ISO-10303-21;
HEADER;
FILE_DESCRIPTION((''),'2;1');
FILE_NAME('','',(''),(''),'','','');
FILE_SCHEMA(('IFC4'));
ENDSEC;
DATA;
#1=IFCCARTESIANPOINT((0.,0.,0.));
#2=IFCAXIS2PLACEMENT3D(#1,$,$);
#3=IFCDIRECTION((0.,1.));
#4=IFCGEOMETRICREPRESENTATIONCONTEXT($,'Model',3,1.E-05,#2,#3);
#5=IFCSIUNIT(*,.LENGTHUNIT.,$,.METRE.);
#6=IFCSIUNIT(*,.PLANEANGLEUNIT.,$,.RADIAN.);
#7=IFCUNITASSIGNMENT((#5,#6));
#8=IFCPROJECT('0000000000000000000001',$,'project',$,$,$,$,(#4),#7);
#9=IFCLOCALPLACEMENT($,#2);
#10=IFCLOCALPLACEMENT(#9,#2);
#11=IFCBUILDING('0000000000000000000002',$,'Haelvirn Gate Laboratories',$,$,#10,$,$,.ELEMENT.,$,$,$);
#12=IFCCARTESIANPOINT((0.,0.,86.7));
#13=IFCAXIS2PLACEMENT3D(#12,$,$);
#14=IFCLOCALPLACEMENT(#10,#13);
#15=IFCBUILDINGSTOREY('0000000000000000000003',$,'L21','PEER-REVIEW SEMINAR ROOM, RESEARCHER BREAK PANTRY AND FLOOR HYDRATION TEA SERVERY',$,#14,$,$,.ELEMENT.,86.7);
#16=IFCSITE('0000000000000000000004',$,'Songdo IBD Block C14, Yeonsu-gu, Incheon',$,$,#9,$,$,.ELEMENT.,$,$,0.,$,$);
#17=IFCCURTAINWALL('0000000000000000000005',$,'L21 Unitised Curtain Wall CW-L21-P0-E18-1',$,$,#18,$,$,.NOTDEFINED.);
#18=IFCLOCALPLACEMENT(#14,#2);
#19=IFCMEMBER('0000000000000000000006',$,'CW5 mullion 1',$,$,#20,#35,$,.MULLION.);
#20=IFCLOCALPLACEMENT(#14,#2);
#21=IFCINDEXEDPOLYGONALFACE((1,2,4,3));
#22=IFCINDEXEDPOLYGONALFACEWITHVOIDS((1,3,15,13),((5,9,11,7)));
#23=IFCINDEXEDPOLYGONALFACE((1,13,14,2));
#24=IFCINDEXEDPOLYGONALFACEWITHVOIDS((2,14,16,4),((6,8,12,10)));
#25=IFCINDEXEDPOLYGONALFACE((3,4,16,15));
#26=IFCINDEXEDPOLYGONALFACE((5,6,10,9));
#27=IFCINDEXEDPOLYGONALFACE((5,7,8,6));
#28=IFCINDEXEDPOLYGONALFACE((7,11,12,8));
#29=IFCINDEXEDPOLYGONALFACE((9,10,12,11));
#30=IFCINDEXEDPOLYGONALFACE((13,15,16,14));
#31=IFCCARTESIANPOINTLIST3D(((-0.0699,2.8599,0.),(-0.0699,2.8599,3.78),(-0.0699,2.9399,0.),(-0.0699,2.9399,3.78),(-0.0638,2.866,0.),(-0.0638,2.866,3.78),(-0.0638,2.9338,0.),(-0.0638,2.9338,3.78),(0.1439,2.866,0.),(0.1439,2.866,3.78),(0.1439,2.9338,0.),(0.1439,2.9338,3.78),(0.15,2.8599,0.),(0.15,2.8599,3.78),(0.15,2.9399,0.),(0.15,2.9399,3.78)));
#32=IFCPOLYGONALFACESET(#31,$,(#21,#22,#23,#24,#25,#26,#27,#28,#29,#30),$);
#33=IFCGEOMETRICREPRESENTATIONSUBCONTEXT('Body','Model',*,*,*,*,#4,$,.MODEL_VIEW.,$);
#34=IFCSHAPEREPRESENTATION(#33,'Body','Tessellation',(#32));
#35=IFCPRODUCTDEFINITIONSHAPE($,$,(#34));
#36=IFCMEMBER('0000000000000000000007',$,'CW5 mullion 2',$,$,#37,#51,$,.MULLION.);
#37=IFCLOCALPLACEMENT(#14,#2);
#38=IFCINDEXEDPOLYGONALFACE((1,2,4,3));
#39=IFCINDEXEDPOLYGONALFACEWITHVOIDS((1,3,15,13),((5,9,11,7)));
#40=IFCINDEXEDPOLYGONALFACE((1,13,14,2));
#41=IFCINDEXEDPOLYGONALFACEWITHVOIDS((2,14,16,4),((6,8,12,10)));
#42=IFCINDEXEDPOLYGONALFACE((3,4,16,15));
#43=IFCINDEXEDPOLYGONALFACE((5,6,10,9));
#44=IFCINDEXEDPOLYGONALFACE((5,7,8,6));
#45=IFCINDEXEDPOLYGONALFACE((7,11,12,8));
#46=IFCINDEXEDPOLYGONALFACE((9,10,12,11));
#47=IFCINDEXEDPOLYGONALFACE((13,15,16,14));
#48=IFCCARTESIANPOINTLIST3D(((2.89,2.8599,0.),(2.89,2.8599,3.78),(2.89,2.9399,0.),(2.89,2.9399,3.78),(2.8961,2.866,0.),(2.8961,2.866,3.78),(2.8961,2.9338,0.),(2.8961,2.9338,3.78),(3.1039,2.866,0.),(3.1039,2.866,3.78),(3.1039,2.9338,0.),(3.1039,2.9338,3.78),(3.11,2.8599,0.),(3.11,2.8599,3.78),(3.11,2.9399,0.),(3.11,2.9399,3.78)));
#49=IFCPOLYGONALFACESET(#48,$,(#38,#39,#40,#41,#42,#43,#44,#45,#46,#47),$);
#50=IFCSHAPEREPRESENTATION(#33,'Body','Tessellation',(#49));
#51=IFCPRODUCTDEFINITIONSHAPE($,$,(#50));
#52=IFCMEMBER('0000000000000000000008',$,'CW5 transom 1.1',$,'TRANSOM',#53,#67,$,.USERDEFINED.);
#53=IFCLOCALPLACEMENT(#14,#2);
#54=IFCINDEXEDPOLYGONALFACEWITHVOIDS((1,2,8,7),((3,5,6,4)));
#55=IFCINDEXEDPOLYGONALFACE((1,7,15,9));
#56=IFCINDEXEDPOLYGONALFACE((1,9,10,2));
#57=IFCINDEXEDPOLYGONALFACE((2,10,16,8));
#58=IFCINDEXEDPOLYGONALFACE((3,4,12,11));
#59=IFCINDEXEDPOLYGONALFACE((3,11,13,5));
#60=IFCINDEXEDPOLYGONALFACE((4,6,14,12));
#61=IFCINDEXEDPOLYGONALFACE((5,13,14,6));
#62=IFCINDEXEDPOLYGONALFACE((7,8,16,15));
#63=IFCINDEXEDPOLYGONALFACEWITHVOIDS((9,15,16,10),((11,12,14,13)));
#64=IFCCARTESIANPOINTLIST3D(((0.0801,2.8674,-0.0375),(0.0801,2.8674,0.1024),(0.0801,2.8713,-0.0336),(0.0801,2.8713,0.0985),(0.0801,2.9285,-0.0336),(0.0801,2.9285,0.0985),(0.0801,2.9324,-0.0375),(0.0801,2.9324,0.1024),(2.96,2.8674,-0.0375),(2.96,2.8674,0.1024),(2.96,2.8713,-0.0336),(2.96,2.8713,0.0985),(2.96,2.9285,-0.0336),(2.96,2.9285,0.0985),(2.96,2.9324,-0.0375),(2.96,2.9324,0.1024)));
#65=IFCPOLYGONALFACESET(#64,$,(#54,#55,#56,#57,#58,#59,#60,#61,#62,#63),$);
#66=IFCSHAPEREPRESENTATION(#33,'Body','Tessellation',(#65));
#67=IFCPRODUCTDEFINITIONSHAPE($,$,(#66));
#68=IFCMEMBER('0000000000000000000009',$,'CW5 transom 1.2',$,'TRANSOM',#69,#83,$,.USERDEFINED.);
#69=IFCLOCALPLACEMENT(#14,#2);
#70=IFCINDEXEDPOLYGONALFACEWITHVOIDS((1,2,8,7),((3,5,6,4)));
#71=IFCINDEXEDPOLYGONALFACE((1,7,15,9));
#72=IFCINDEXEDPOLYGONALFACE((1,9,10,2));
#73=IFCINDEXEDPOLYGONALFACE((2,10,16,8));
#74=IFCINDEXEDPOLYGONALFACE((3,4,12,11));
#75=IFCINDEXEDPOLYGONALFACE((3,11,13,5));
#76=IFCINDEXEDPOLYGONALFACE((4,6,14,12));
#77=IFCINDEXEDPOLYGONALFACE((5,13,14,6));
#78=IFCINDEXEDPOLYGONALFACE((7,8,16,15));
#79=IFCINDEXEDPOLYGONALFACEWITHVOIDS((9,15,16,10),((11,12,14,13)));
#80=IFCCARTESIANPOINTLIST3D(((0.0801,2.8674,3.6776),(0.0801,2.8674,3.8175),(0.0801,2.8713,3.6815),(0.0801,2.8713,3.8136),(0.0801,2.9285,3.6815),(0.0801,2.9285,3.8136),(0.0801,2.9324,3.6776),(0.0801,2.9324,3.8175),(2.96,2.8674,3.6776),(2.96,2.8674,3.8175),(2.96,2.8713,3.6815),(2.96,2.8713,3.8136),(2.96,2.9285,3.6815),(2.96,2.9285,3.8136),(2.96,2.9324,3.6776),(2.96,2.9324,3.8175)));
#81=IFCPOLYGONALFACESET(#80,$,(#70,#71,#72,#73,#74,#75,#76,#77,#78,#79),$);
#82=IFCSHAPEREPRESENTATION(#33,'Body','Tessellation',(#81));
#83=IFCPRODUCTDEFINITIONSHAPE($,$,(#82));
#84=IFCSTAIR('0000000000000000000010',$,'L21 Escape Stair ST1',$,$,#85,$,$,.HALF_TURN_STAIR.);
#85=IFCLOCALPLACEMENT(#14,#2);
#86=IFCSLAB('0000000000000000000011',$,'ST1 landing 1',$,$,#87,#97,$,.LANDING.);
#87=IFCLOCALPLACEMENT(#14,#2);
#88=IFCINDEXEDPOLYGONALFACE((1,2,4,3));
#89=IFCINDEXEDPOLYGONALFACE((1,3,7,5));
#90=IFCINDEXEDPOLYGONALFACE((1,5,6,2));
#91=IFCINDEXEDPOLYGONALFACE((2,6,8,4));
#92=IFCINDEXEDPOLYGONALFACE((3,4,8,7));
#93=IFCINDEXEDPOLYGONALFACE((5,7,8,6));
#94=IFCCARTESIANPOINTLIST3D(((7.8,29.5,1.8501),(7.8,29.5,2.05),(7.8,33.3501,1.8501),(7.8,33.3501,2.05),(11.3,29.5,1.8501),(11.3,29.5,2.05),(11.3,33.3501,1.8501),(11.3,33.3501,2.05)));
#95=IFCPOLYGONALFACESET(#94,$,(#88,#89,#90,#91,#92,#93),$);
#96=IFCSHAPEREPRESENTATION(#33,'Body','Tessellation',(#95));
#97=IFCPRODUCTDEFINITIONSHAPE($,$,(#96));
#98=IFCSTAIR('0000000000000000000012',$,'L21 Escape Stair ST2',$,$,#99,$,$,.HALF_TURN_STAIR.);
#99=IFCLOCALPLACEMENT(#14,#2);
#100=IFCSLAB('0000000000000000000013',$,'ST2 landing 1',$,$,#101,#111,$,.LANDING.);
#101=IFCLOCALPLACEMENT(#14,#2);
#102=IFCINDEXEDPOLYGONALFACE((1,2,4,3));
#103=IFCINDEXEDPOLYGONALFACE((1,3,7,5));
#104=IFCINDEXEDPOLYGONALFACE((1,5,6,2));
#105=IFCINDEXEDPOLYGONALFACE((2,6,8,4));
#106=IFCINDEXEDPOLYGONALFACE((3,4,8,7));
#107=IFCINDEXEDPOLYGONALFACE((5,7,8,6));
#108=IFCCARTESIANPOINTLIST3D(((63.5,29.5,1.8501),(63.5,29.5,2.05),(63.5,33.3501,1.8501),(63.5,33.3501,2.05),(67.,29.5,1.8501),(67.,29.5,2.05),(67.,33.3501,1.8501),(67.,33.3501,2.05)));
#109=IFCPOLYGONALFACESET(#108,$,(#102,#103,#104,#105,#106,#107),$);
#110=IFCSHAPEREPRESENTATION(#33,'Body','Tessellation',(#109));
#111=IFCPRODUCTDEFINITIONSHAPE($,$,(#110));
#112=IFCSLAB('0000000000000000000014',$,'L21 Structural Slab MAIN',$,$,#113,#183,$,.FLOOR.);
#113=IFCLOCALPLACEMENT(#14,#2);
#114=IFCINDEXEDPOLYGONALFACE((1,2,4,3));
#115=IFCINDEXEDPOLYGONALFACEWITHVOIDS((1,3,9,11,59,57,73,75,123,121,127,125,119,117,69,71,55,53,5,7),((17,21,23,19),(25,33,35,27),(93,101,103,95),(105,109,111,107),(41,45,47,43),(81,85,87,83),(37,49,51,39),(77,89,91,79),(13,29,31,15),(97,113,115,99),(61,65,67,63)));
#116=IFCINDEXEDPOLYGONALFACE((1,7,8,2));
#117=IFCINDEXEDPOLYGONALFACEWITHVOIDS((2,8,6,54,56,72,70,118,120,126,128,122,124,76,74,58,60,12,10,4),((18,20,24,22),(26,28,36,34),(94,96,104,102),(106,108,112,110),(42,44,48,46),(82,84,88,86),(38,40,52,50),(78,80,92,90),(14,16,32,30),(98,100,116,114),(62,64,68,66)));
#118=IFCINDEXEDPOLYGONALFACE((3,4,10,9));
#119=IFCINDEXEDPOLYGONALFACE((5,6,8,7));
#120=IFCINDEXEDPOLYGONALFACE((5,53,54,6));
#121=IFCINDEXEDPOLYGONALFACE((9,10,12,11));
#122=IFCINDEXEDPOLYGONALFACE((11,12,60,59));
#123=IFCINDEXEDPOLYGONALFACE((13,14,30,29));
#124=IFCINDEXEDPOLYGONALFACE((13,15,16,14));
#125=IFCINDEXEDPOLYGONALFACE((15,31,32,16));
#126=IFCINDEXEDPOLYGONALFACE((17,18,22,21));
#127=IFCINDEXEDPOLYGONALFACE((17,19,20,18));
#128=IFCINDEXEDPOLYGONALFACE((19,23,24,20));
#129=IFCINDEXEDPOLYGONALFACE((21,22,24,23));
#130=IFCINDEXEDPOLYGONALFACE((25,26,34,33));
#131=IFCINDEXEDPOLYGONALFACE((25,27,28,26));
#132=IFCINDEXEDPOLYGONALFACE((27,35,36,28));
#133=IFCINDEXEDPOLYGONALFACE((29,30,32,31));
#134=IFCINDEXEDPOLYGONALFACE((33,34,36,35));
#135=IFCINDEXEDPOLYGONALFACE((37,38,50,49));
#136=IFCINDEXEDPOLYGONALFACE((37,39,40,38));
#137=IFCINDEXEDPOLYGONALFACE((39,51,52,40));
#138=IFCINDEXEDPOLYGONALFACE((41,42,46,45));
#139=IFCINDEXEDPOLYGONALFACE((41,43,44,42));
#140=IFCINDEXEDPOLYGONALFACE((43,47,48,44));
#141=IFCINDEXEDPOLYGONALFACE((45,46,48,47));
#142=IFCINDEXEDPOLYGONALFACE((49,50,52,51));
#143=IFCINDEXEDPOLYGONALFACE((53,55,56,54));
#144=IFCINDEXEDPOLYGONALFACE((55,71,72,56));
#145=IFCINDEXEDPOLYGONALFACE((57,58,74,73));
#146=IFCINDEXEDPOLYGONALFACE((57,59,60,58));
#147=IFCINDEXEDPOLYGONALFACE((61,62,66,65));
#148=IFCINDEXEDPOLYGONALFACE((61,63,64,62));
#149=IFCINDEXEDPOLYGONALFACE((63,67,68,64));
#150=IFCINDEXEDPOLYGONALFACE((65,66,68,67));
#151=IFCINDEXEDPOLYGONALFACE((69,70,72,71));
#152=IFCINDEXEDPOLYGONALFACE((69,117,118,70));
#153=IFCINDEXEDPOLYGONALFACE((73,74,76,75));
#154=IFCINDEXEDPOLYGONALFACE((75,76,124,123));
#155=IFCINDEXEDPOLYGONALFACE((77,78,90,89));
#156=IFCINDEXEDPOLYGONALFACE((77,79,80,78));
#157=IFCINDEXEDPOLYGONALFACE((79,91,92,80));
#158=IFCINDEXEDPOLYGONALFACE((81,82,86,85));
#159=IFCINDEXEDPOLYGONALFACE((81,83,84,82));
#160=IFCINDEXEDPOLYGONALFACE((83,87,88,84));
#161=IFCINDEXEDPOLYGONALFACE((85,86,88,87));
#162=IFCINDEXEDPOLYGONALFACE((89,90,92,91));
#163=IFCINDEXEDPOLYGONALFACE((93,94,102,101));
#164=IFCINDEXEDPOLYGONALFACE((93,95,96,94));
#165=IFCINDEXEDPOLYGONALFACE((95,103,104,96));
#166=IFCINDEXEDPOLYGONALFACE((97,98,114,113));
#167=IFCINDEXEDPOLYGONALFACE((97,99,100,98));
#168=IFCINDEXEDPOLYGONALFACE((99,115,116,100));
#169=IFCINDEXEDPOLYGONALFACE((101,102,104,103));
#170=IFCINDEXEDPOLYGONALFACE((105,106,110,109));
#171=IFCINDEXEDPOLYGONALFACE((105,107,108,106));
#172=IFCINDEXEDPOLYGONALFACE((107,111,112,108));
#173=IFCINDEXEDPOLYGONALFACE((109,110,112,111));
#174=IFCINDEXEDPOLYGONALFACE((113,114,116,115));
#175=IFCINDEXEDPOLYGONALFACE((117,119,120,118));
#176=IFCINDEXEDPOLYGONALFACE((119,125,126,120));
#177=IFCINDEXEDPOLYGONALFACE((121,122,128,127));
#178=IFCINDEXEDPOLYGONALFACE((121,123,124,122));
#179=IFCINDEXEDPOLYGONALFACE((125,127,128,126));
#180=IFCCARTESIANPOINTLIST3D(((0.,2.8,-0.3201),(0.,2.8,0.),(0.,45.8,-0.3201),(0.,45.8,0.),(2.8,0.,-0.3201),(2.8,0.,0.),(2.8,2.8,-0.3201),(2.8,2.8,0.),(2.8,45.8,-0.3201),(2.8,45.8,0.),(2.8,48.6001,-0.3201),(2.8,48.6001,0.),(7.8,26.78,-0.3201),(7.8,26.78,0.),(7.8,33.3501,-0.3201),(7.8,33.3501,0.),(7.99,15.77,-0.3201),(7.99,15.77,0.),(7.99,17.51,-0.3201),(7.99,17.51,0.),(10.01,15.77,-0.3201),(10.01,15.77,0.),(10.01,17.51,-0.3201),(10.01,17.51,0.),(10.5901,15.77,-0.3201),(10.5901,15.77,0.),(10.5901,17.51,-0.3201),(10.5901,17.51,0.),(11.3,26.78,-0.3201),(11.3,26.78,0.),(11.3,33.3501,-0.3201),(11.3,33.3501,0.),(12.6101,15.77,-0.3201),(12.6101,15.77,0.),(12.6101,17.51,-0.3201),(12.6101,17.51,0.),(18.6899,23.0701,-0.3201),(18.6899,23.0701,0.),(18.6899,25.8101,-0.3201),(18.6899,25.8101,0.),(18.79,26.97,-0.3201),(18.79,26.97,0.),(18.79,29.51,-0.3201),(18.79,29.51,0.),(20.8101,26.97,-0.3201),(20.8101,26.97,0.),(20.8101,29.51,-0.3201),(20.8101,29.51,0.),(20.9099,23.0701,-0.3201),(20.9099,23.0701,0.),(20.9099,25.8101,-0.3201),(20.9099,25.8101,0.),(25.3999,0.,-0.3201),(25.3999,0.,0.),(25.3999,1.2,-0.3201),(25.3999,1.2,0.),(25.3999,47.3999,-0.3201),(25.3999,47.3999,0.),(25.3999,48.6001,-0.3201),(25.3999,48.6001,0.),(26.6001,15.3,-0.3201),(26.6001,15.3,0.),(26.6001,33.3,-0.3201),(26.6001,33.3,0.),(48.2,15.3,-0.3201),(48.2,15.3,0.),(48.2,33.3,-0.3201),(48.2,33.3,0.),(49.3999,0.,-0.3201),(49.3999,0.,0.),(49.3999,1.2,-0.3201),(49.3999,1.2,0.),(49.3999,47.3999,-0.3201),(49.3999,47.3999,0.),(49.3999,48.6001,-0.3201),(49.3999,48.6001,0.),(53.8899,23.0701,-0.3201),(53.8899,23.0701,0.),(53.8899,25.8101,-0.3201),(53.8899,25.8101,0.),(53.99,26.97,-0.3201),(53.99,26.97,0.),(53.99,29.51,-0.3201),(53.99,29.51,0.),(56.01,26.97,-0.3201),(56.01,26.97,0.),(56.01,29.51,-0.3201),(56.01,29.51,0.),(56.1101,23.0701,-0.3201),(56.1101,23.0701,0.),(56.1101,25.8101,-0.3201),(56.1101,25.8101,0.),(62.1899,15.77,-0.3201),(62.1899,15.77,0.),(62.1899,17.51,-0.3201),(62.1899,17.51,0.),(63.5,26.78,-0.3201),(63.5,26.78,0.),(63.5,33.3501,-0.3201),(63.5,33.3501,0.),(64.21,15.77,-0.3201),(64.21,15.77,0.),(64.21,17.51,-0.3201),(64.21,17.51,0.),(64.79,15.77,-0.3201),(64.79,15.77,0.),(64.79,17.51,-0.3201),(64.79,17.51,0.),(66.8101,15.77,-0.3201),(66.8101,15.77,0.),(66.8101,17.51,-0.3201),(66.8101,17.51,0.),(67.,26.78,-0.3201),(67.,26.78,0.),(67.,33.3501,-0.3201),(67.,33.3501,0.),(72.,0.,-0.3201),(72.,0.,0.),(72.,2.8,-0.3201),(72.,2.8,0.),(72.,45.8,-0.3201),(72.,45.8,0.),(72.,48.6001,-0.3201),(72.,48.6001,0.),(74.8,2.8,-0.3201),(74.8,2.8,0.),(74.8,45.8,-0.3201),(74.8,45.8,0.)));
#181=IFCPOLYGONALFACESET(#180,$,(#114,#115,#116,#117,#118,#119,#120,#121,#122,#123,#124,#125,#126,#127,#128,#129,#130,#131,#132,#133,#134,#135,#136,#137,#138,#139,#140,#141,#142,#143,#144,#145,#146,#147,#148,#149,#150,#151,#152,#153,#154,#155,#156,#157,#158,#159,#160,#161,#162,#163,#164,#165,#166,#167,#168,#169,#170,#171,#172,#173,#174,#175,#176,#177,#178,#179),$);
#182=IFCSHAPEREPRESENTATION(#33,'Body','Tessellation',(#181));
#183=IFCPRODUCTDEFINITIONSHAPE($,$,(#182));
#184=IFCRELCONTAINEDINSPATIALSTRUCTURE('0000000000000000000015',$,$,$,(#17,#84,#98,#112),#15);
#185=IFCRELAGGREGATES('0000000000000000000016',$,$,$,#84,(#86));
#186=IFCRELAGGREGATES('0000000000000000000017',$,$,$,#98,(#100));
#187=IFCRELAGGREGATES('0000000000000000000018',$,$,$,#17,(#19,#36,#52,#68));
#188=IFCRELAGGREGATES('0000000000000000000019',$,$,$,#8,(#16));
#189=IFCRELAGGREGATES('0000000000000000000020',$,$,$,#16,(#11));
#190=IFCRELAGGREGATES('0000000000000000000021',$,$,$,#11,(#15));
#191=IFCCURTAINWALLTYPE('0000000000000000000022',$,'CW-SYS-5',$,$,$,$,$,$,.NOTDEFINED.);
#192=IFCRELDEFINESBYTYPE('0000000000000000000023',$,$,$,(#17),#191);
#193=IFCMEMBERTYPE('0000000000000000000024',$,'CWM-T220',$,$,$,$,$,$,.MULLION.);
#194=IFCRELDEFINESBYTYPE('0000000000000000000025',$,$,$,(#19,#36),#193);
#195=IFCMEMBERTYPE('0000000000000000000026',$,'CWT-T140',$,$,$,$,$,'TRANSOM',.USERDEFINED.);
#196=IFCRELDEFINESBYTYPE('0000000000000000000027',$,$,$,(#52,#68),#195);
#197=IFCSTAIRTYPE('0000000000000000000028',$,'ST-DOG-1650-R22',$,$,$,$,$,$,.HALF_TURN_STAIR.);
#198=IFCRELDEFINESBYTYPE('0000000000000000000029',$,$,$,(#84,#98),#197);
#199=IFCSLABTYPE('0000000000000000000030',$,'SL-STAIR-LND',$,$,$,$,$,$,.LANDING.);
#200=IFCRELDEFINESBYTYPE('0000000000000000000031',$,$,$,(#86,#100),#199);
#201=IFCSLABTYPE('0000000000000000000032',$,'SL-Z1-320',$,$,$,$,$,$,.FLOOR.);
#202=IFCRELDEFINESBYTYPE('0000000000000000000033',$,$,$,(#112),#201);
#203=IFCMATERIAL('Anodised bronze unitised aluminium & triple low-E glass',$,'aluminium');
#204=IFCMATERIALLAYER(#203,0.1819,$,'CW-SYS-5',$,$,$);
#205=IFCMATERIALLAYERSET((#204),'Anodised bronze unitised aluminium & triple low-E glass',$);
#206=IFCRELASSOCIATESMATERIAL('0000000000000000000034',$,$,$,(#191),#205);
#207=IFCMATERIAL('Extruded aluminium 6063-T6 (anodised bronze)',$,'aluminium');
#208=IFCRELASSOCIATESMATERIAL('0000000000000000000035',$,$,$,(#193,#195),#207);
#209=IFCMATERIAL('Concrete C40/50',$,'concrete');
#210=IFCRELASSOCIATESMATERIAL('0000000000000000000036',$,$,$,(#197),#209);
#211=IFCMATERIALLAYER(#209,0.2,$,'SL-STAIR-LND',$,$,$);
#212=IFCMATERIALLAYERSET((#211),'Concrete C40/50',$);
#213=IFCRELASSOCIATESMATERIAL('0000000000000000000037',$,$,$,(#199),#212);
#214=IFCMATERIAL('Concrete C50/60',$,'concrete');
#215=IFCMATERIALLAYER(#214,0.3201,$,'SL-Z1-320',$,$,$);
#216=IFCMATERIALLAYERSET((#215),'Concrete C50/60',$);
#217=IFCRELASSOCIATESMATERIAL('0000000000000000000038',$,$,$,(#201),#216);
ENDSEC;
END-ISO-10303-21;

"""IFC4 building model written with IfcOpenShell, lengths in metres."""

from ifc_helpers import new_model, si_unit, direction, frame, origin, origin_2d, place, context, subcontext, project, spatial, polyline, hollow_rectangle, outline, extrude, source, transform, mapped, material, layer, layer_set, material_profile, profile_set, type_object, type_shapes, element, aggregate, save


model = new_model("IFC4")

# Units and contexts
model_context = context("Model", 3, precision=1e-05, world=origin(), true_north=direction((0.0, 1.0)))
body_context = subcontext(model_context, "Body", "Model", "MODEL_VIEW")
ifc_project = project(units=[si_unit("LENGTHUNIT", "METRE"), si_unit("PLANEANGLEUNIT", "RADIAN")], contexts=[model_context])

# Site, building, storey
site_placement = place(None, origin())
site = spatial("IfcSite", under=ifc_project, at=site_placement, Name="Songdo IBD Block C14, Yeonsu-gu, Incheon", CompositionType="ELEMENT", RefElevation=0.0)
building_placement = place(site_placement, origin())
building = spatial("IfcBuilding", under=site, at=building_placement, Name="Haelvirn Gate Laboratories", CompositionType="ELEMENT")
storey_placement = place(building_placement, frame((0.0, 0.0, 86.7)))
storey = spatial("IfcBuildingStorey", under=building, at=storey_placement, Name="L21", Description="PEER-REVIEW SEMINAR ROOM, RESEARCHER BREAK PANTRY AND FLOOR HYDRATION TEA SERVERY", CompositionType="ELEMENT", Elevation=86.7)

# Shared definitions
ifc_material_1 = material(Name="Anodised bronze unitised aluminium & triple low-E glass", Category="aluminium")
ifc_material_2 = material(Name="Extruded aluminium 6063-T6 (anodised bronze)", Category="aluminium")

# Curtain wall, members
ifc_layer_1 = layer(ifc_material_1, 0.1819, Name="CW-SYS-5")
ifc_layer_set_1 = layer_set([ifc_layer_1], Name="Anodised bronze unitised aluminium & triple low-E glass")
curtain_wall_type_1 = type_object("IfcCurtainWallType", Name="CW-SYS-5", PredefinedType="NOTDEFINED", material=ifc_layer_set_1)
curtain_wall_1_placement = place(storey_placement, origin())
curtain_wall_1 = element("IfcCurtainWall", 1, at=curtain_wall_1_placement, inside=storey, type_object=curtain_wall_type_1, Name="L21 Unitised Curtain Wall CW-L21-P0-E18-1", PredefinedType="NOTDEFINED")
ifc_material_profile_1 = material_profile(ifc_material_2, hollow_rectangle(XDim=0.0801, YDim=0.22, WallThickness=0.0061, at=origin_2d()), Name="CWM-220x80x6")
ifc_profile_set_1 = profile_set([ifc_material_profile_1], Name="Extruded aluminium 6063-T6 (anodised bronze)")
member_type_1 = type_object("IfcMemberType", Name="CWM-T220", PredefinedType="MULLION", material=ifc_profile_set_1)
shared_shape_1 = source(origin(), body_context, "Body", "SweptSolid", [
    extrude(hollow_rectangle(XDim=0.0801, YDim=0.22, WallThickness=0.0061, at=origin_2d()), origin(), (0.0, 0.0, 1.0), 3.78),
])
type_shapes(member_type_1, [shared_shape_1])
member_1_placement = place(storey_placement, frame((0.04, 2.8999, 0.0), z_axis=(0.0, 0.0, 1.0), x_axis=(0.0, 1.0, 0.0)))
member_1 = element("IfcMember", 2, at=member_1_placement, type_object=member_type_1, Name="CW5 mullion 1", PredefinedType="MULLION", context=body_context, shape_type="MappedRepresentation", body=[
    mapped(shared_shape_1, transform((0.0, 0.0, 0.0), scale=1.0)),
])
member_2_placement = place(storey_placement, frame((3.0, 2.8999, 0.0), z_axis=(0.0, 0.0, 1.0), x_axis=(0.0, 1.0, 0.0)))
member_2 = element("IfcMember", 3, at=member_2_placement, type_object=member_type_1, Name="CW5 mullion 2", PredefinedType="MULLION", context=body_context, shape_type="MappedRepresentation", body=[
    mapped(shared_shape_1, transform((0.0, 0.0, 0.0), scale=1.0)),
])
ifc_material_profile_2 = material_profile(ifc_material_2, hollow_rectangle(XDim=0.0649, YDim=0.1399, WallThickness=0.0039, at=origin_2d()), Name="CWT-140x65x4")
ifc_profile_set_2 = profile_set([ifc_material_profile_2], Name="Extruded aluminium 6063-T6 (anodised bronze)")
member_type_2 = type_object("IfcMemberType", Name="CWT-T140", ElementType="TRANSOM", PredefinedType="USERDEFINED", material=ifc_profile_set_2)
shared_shape_2 = source(origin(), body_context, "Body", "SweptSolid", [
    extrude(hollow_rectangle(XDim=0.0649, YDim=0.1399, WallThickness=0.0039, at=origin_2d()), origin(), (0.0, 0.0, 1.0), 2.8799),
])
type_shapes(member_type_2, [shared_shape_2])
member_3_placement = place(storey_placement, frame((0.0801, 2.8999, 0.0325), z_axis=(1.0, 0.0, 0.0), x_axis=(0.0, 1.0, 0.0)))
member_3 = element("IfcMember", 4, at=member_3_placement, type_object=member_type_2, Name="CW5 transom 1.1", ObjectType="TRANSOM", PredefinedType="USERDEFINED", context=body_context, shape_type="MappedRepresentation", body=[
    mapped(shared_shape_2, transform((0.0, 0.0, 0.0), scale=1.0)),
])
member_4_placement = place(storey_placement, frame((0.0801, 2.8999, 3.7476), z_axis=(1.0, 0.0, 0.0), x_axis=(0.0, 1.0, 0.0)))
member_4 = element("IfcMember", 5, at=member_4_placement, type_object=member_type_2, Name="CW5 transom 1.2", ObjectType="TRANSOM", PredefinedType="USERDEFINED", context=body_context, shape_type="MappedRepresentation", body=[
    mapped(shared_shape_2, transform((0.0, 0.0, 0.0), scale=1.0)),
])

# Stairs, slabs
ifc_material_3 = material(Name="Concrete C40/50", Category="concrete")
stair_type = type_object("IfcStairType", Name="ST-DOG-1650-R22", PredefinedType="HALF_TURN_STAIR", material=ifc_material_3)
stair_1_placement = place(storey_placement, origin())
stair_1 = element("IfcStair", 6, at=stair_1_placement, inside=storey, type_object=stair_type, Name="L21 Escape Stair ST1", PredefinedType="HALF_TURN_STAIR")
ifc_layer_2 = layer(ifc_material_3, 0.2, Name="SL-STAIR-LND")
ifc_layer_set_2 = layer_set([ifc_layer_2], Name="Concrete C40/50")
slab_type_1 = type_object("IfcSlabType", Name="SL-STAIR-LND", PredefinedType="LANDING", material=ifc_layer_set_2)
slab_1_placement = place(storey_placement, frame((0.0, 0.0, 1.8501)))
slab_1 = element("IfcSlab", 7, at=slab_1_placement, type_object=slab_type_1, Name="ST1 landing 1", PredefinedType="LANDING", context=body_context, shape_type="SweptSolid", body=[
    extrude(outline(polyline([(11.3, 29.5), (11.3, 33.3501), (7.8, 33.3501), (7.8, 29.5), (11.3, 29.5)])), origin(), (0.0, 0.0, 1.0), 0.2),
])
aggregate(stair_1, [slab_1])
stair_2_placement = place(storey_placement, origin())
stair_2 = element("IfcStair", 8, at=stair_2_placement, inside=storey, type_object=stair_type, Name="L21 Escape Stair ST2", PredefinedType="HALF_TURN_STAIR")
slab_2_placement = place(storey_placement, frame((0.0, 0.0, 1.8501)))
slab_2 = element("IfcSlab", 9, at=slab_2_placement, type_object=slab_type_1, Name="ST2 landing 1", PredefinedType="LANDING", context=body_context, shape_type="SweptSolid", body=[
    extrude(outline(polyline([(67.0, 29.5), (67.0, 33.3501), (63.5, 33.3501), (63.5, 29.5), (67.0, 29.5)])), origin(), (0.0, 0.0, 1.0), 0.2),
])
aggregate(stair_2, [slab_2])

# Slab
ifc_material_4 = material(Name="Concrete C50/60", Category="concrete")
ifc_layer_3 = layer(ifc_material_4, 0.3201, Name="SL-Z1-320")
ifc_layer_set_3 = layer_set([ifc_layer_3], Name="Concrete C50/60")
slab_type_2 = type_object("IfcSlabType", Name="SL-Z1-320", PredefinedType="FLOOR", material=ifc_layer_set_3)
slab_3_placement = place(storey_placement, frame((0.0, 0.0, -0.3201)))
element("IfcSlab", 10, at=slab_3_placement, inside=storey, type_object=slab_type_2, Name="L21 Structural Slab MAIN", PredefinedType="FLOOR", context=body_context, shape_type="SweptSolid", body=[
    extrude(outline(polyline([(2.8, 0.0), (25.3999, 0.0), (25.3999, 1.2), (49.3999, 1.2), (49.3999, 0.0), (72.0, 0.0), (72.0, 2.8), (74.8, 2.8), (74.8, 45.8), (72.0, 45.8), (72.0, 48.6001), (49.3999, 48.6001), (49.3999, 47.3999), (25.3999, 47.3999), (25.3999, 48.6001), (2.8, 48.6001), (2.8, 45.8), (0.0, 45.8), (0.0, 2.8), (2.8, 2.8), (2.8, 0.0)]), holes=[polyline([(26.6001, 15.3), (48.2, 15.3), (48.2, 33.3), (26.6001, 33.3), (26.6001, 15.3)]), polyline([(11.3, 26.78), (11.3, 33.3501), (7.8, 33.3501), (7.8, 26.78), (11.3, 26.78)]), polyline([(67.0, 26.78), (67.0, 33.3501), (63.5, 33.3501), (63.5, 26.78), (67.0, 26.78)]), polyline([(7.99, 15.77), (10.01, 15.77), (10.01, 17.51), (7.99, 17.51), (7.99, 15.77)]), polyline([(10.5901, 15.77), (12.6101, 15.77), (12.6101, 17.51), (10.5901, 17.51), (10.5901, 15.77)]), polyline([(18.79, 26.97), (20.8101, 26.97), (20.8101, 29.51), (18.79, 29.51), (18.79, 26.97)]), polyline([(18.6899, 23.0701), (20.9099, 23.0701), (20.9099, 25.8101), (18.6899, 25.8101), (18.6899, 23.0701)]), polyline([(64.79, 15.77), (66.8101, 15.77), (66.8101, 17.51), (64.79, 17.51), (64.79, 15.77)]), polyline([(62.1899, 15.77), (64.21, 15.77), (64.21, 17.51), (62.1899, 17.51), (62.1899, 15.77)]), polyline([(53.99, 26.97), (56.01, 26.97), (56.01, 29.51), (53.99, 29.51), (53.99, 26.97)]), polyline([(53.8899, 23.0701), (56.1101, 23.0701), (56.1101, 25.8101), (53.8899, 25.8101), (53.8899, 23.0701)])]), origin(), (0.0, 0.0, 1.0), 0.3201),
])

aggregate(curtain_wall_1, [member_1, member_2, member_3, member_4])

save(model, "model.ifc")
